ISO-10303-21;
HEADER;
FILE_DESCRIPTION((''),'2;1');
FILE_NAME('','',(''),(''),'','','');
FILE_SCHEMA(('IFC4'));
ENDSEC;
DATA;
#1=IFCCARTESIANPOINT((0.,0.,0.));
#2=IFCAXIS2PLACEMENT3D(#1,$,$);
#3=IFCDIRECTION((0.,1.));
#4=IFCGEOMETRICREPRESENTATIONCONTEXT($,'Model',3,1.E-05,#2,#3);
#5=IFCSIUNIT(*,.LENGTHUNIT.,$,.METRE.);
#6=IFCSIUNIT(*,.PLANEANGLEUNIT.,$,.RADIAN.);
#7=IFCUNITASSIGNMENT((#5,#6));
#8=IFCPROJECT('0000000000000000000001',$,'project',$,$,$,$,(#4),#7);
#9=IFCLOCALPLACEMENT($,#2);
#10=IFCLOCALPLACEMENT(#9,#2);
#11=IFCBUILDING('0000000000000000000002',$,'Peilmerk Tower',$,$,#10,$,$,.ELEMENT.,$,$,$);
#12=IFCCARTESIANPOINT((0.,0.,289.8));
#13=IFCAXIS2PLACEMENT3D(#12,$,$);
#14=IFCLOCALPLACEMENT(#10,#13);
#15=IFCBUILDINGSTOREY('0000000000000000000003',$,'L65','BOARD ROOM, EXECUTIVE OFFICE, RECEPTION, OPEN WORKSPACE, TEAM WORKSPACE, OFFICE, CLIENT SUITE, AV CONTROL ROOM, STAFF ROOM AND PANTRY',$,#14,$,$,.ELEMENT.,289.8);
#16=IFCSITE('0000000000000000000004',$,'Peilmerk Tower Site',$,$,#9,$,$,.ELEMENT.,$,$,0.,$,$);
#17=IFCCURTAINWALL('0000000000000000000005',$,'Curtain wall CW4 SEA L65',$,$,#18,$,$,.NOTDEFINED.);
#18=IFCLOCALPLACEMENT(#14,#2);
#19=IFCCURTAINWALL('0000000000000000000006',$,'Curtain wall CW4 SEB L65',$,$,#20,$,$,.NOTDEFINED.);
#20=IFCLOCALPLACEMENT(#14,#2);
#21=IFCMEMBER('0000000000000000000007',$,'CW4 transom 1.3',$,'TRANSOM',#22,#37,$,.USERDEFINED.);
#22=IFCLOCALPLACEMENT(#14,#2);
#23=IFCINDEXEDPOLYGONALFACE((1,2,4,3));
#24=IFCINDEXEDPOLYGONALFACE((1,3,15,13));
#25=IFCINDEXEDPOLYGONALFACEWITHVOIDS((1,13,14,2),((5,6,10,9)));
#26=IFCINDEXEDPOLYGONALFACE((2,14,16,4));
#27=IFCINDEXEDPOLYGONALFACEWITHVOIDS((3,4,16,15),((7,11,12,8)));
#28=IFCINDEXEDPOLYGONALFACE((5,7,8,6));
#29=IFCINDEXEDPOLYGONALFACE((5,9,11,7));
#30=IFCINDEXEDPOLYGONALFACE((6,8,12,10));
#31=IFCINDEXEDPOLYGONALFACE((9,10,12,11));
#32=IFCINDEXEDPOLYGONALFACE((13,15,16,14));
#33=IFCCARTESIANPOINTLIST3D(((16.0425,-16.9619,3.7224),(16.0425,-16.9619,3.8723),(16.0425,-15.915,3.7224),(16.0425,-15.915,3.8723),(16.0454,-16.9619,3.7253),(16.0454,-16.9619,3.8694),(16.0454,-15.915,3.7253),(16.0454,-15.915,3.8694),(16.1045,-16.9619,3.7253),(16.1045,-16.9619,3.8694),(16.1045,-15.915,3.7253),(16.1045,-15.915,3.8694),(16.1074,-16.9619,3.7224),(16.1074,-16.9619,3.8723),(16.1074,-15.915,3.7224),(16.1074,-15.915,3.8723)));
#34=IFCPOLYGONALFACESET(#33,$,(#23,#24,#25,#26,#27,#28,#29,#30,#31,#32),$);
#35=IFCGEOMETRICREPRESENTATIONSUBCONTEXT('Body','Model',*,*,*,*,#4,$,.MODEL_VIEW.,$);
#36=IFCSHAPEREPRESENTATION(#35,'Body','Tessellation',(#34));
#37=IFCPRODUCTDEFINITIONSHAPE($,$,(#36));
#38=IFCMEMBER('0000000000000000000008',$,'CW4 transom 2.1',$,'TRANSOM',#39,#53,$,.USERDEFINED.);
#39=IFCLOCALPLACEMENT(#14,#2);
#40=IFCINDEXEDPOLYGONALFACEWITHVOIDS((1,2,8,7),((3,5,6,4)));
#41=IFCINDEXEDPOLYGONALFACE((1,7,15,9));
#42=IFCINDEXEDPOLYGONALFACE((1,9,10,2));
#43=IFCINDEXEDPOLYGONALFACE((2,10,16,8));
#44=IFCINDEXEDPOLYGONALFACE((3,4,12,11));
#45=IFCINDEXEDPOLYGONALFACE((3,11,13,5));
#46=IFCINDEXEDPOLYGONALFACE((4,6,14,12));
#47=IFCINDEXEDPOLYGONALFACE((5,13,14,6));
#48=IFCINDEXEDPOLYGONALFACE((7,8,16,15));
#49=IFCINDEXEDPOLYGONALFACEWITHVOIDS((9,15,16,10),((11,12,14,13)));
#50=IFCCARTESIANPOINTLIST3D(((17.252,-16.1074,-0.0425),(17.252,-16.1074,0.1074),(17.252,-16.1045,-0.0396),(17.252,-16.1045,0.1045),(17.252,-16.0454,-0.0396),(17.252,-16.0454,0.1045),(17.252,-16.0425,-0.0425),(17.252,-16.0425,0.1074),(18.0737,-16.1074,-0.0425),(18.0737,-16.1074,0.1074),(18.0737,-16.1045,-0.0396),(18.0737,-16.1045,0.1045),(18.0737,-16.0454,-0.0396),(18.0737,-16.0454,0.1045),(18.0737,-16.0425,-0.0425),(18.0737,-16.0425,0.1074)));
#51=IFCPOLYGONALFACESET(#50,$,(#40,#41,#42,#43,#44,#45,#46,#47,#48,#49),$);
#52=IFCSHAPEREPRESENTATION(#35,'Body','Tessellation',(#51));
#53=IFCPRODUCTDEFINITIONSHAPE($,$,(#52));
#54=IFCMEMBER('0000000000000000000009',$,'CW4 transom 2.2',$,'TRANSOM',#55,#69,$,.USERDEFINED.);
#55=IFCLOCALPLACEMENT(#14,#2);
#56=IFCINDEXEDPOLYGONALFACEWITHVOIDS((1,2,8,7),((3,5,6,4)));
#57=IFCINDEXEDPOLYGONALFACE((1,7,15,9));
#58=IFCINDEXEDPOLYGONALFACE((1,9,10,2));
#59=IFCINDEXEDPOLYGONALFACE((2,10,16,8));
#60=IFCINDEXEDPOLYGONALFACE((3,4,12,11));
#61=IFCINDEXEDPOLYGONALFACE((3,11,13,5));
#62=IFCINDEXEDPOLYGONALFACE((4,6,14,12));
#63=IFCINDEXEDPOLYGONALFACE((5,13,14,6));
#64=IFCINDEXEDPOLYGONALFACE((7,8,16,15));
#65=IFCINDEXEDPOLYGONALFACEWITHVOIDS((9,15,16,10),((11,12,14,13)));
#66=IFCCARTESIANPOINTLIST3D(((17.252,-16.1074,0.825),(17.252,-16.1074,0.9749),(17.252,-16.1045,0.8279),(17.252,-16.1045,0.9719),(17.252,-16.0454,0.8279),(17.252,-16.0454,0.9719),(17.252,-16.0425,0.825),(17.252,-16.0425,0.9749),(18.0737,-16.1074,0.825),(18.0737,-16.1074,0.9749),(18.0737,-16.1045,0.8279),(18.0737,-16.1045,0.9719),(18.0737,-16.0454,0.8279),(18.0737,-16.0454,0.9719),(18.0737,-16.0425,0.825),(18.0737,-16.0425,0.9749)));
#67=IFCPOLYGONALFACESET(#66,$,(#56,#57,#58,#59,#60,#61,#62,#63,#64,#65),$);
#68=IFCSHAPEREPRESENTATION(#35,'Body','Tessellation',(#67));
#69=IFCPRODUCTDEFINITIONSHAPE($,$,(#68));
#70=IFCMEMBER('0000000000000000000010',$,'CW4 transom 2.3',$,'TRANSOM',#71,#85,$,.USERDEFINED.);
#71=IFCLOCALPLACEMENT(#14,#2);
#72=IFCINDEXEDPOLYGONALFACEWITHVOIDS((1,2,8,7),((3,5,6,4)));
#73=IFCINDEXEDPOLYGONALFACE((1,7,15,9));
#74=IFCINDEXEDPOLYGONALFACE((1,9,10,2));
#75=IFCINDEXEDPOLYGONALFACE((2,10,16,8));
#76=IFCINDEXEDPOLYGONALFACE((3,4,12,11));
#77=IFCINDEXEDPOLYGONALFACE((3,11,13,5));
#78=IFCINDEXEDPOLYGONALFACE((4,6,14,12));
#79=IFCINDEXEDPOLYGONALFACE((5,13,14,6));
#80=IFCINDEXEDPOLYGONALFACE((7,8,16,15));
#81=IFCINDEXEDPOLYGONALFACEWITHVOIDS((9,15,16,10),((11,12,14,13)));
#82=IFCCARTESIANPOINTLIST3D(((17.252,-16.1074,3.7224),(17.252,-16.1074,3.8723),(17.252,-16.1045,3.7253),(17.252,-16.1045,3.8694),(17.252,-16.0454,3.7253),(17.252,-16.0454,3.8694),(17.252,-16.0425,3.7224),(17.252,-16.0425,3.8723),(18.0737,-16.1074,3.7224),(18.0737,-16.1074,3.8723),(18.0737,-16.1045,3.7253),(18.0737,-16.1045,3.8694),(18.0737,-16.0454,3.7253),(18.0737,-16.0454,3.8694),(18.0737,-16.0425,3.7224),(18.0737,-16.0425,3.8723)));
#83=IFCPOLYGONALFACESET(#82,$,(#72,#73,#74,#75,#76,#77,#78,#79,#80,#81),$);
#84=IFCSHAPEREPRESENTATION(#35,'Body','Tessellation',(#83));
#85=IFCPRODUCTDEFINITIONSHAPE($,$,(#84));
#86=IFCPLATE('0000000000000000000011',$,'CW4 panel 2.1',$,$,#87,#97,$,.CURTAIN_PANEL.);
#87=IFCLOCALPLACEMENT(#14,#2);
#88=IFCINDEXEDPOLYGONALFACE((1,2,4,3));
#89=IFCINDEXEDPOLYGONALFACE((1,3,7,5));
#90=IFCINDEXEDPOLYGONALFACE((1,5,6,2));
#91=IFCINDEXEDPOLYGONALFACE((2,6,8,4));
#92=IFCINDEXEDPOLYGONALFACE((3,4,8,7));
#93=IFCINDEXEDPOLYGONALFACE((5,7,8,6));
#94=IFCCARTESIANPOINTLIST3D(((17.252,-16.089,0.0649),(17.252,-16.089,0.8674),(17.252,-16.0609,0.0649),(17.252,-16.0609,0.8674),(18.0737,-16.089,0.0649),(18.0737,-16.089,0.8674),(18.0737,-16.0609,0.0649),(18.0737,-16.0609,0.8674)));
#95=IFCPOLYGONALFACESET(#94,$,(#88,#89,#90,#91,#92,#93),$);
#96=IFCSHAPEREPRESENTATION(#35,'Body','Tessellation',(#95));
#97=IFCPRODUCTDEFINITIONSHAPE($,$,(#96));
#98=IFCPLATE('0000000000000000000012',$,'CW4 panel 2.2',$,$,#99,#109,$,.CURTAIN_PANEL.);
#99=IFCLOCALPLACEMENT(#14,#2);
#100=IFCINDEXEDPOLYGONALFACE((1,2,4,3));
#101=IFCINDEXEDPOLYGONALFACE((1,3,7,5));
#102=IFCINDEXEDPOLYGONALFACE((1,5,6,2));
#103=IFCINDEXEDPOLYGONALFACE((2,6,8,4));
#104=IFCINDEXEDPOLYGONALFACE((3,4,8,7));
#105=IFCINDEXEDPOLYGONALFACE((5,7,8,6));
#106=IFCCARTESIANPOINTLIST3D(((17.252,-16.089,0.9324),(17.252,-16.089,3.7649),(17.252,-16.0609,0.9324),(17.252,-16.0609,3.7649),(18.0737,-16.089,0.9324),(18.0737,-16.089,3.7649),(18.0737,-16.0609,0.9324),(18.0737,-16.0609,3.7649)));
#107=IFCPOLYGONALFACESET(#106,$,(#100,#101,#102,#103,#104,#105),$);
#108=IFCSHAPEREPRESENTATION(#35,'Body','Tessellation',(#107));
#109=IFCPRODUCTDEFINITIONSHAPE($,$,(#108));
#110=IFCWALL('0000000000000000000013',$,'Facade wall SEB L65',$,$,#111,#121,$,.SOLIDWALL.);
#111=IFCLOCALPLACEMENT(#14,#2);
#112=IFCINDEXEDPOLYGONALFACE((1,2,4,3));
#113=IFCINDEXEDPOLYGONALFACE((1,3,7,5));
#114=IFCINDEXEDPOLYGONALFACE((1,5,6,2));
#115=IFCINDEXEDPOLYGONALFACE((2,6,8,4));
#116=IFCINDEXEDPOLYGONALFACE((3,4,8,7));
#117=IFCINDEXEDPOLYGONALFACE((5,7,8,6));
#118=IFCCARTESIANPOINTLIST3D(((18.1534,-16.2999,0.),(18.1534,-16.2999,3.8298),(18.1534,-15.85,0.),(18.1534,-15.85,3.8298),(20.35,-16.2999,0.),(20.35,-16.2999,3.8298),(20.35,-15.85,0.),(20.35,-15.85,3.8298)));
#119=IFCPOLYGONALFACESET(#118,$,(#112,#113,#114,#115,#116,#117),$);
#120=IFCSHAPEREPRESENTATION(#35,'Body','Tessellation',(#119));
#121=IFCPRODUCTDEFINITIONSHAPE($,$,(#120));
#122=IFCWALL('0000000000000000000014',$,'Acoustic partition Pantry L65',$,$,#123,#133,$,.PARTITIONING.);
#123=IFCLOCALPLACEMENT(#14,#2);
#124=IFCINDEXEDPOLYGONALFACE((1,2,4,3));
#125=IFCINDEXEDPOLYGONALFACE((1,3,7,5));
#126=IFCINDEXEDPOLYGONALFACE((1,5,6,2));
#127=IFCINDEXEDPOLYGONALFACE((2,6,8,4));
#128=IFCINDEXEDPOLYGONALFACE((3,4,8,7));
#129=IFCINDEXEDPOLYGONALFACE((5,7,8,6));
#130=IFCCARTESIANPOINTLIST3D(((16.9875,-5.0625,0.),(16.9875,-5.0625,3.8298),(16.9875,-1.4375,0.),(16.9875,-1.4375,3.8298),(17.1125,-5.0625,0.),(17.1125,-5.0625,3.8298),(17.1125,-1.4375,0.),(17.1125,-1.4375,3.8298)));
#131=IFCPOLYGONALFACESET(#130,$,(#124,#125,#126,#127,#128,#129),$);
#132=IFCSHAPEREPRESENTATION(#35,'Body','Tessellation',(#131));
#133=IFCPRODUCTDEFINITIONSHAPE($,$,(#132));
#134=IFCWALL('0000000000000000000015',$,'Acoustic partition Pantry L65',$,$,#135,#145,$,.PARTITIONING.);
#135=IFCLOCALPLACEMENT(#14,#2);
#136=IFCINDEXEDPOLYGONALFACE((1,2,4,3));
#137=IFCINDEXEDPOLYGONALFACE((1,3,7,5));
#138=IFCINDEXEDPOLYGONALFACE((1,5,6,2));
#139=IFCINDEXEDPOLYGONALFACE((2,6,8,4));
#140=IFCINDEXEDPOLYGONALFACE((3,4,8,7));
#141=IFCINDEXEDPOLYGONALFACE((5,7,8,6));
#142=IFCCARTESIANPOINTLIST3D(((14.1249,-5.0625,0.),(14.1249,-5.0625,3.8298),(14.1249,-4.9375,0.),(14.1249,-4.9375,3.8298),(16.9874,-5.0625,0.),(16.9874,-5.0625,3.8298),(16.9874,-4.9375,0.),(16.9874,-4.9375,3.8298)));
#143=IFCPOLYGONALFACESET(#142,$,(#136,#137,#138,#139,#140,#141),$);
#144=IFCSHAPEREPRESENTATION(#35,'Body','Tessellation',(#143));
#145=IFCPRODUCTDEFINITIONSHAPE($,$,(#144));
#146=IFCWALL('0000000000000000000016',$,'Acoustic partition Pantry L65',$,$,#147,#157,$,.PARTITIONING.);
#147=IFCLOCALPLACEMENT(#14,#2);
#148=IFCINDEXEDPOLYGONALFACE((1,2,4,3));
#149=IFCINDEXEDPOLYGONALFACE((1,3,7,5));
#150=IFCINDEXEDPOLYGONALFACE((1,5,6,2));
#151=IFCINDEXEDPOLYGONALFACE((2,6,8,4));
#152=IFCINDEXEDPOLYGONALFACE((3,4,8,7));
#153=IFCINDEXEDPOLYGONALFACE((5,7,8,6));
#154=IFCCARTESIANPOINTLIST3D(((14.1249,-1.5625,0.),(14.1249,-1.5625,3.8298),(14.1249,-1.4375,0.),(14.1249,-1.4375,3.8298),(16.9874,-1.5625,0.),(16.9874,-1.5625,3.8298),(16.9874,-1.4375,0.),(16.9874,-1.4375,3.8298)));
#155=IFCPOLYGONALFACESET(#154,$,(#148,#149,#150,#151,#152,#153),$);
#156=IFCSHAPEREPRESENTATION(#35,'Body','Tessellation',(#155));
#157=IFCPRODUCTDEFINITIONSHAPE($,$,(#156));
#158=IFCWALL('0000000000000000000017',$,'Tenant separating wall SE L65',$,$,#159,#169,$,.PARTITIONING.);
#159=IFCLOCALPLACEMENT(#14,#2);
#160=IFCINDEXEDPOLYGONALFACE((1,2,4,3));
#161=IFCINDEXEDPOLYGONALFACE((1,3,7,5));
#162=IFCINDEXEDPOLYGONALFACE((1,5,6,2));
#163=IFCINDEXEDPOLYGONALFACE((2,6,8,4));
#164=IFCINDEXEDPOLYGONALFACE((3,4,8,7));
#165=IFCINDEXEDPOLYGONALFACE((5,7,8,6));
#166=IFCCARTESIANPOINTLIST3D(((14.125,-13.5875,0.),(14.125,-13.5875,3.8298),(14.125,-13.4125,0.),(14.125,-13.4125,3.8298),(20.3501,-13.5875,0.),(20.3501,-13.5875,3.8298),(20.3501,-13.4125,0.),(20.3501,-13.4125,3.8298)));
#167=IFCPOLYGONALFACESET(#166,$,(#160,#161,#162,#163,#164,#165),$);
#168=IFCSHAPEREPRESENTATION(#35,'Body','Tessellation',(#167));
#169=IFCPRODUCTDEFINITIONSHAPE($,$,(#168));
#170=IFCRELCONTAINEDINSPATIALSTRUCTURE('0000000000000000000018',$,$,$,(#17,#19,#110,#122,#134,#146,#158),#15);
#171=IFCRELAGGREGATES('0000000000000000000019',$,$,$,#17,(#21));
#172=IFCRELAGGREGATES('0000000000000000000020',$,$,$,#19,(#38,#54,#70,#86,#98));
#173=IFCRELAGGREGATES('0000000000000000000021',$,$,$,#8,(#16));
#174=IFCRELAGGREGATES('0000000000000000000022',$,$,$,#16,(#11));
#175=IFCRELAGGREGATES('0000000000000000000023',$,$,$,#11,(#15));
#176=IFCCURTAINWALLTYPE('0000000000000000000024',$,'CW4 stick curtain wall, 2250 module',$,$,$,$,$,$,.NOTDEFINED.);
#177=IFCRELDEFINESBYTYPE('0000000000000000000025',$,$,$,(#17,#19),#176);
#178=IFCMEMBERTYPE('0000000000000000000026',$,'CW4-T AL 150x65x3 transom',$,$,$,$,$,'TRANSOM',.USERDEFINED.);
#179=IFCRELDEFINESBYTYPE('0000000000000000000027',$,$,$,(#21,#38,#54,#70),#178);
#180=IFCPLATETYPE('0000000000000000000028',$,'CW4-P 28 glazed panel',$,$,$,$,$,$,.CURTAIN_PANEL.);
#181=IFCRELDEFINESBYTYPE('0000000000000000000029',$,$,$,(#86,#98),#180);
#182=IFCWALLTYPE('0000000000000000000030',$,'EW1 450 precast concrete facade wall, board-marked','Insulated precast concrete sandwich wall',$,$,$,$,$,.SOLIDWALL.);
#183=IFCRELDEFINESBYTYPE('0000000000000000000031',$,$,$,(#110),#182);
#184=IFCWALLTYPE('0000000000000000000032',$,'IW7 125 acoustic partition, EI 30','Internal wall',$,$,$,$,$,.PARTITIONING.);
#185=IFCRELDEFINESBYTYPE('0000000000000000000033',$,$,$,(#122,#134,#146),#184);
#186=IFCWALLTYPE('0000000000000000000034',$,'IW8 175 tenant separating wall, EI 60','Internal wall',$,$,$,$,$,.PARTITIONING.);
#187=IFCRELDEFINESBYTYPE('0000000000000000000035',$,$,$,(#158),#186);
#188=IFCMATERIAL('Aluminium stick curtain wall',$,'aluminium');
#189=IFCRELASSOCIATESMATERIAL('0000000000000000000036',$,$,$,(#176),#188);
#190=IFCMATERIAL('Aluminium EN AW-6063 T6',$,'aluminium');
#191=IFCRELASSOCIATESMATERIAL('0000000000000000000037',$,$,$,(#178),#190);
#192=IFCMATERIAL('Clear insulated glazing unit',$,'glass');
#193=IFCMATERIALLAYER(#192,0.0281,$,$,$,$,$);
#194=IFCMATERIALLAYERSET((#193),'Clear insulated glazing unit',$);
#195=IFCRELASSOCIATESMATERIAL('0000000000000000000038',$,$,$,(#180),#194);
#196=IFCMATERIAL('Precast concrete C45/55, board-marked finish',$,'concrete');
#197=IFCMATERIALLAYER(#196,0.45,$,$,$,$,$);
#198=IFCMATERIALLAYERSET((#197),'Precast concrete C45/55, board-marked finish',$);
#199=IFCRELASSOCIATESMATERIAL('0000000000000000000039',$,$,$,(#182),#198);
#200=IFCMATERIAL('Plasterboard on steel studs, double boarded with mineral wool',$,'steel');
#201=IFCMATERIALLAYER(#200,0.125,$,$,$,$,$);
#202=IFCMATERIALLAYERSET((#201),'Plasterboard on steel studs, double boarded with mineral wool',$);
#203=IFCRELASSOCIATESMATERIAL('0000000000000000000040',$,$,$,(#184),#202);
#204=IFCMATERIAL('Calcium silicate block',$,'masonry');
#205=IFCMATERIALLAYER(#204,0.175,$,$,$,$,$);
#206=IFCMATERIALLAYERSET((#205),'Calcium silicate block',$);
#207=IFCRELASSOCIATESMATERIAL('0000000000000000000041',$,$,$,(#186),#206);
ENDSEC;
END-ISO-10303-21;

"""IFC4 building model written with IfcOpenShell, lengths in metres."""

from ifc_helpers import new_model, si_unit, direction, frame, frame_2d, origin, origin_2d, place, context, subcontext, project, spatial, rectangle, hollow_rectangle, extrude, material, layer, layer_set, material_profile, profile_set, type_object, element, aggregate, save


model = new_model("IFC4")

# Units and contexts
model_context = context("Model", 3, precision=1e-05, world=origin(), true_north=direction((0.0, 1.0)))
body_context = subcontext(model_context, "Body", "Model", "MODEL_VIEW")
ifc_project = project(units=[si_unit("LENGTHUNIT", "METRE"), si_unit("PLANEANGLEUNIT", "RADIAN")], contexts=[model_context])

# Site, building, storey
site_placement = place(None, origin())
site = spatial("IfcSite", under=ifc_project, at=site_placement, Name="Peilmerk Tower Site", CompositionType="ELEMENT", RefElevation=0.0)
building_placement = place(site_placement, origin())
building = spatial("IfcBuilding", under=site, at=building_placement, Name="Peilmerk Tower", CompositionType="ELEMENT")
storey_placement = place(building_placement, frame((0.0, 0.0, 289.8)))
storey = spatial("IfcBuildingStorey", under=building, at=storey_placement, Name="L65", Description="BOARD ROOM, EXECUTIVE OFFICE, RECEPTION, OPEN WORKSPACE, TEAM WORKSPACE, OFFICE, CLIENT SUITE, AV CONTROL ROOM, STAFF ROOM AND PANTRY", CompositionType="ELEMENT", Elevation=289.8)

# Curtain walls
ifc_material_1 = material(Name="Aluminium stick curtain wall", Category="aluminium")
curtain_wall_type = type_object("IfcCurtainWallType", Name="CW4 stick curtain wall, 2250 module", PredefinedType="NOTDEFINED", material=ifc_material_1)
curtain_wall_1_placement = place(storey_placement, origin())
curtain_wall_1 = element("IfcCurtainWall", 1, at=curtain_wall_1_placement, inside=storey, type_object=curtain_wall_type, Name="Curtain wall CW4 SEA L65", PredefinedType="NOTDEFINED")
ifc_material_2 = material(Name="Aluminium EN AW-6063 T6", Category="aluminium")
curtain_wall_2_placement = place(storey_placement, origin())
curtain_wall_2 = element("IfcCurtainWall", 2, at=curtain_wall_2_placement, inside=storey, type_object=curtain_wall_type, Name="Curtain wall CW4 SEB L65", PredefinedType="NOTDEFINED")

# Members
ifc_material_profile_1 = material_profile(ifc_material_2, hollow_rectangle(XDim=0.0649, YDim=0.1499, WallThickness=0.0029, at=origin_2d()), Name="AL 150x65x3")
ifc_profile_set_1 = profile_set([ifc_material_profile_1], Name="Aluminium EN AW-6063 T6")
member_type_1 = type_object("IfcMemberType", Name="CW4-T AL 150x65x3 transom", ElementType="TRANSOM", PredefinedType="USERDEFINED", material=ifc_profile_set_1)
member_1_placement = place(storey_placement, frame((16.075, -15.915, 3.7974), z_axis=(0.0, -1.0, 0.0), x_axis=(1.0, 0.0, 0.0)))
member_1 = element("IfcMember", 3, at=member_1_placement, type_object=member_type_1, Name="CW4 transom 1.3", ObjectType="TRANSOM", PredefinedType="USERDEFINED", context=body_context, shape_type="SweptSolid", body=[
    extrude(hollow_rectangle(XDim=0.0649, YDim=0.1499, WallThickness=0.0029, at=origin_2d()), origin(), (0.0, 0.0, 1.0), 1.0469),
])
aggregate(curtain_wall_1, [member_1])
member_2_placement = place(storey_placement, frame((17.252, -16.075, 0.0325), z_axis=(1.0, 0.0, 0.0), x_axis=(0.0, 1.0, 0.0)))
member_2 = element("IfcMember", 4, at=member_2_placement, type_object=member_type_1, Name="CW4 transom 2.1", ObjectType="TRANSOM", PredefinedType="USERDEFINED", context=body_context, shape_type="SweptSolid", body=[
    extrude(hollow_rectangle(XDim=0.0649, YDim=0.1499, WallThickness=0.0029, at=origin_2d()), origin(), (0.0, 0.0, 1.0), 0.8218),
])
member_3_placement = place(storey_placement, frame((17.252, -16.075, 0.8999), z_axis=(1.0, 0.0, 0.0), x_axis=(0.0, 1.0, 0.0)))
member_3 = element("IfcMember", 5, at=member_3_placement, type_object=member_type_1, Name="CW4 transom 2.2", ObjectType="TRANSOM", PredefinedType="USERDEFINED", context=body_context, shape_type="SweptSolid", body=[
    extrude(hollow_rectangle(XDim=0.0649, YDim=0.1499, WallThickness=0.0029, at=origin_2d()), origin(), (0.0, 0.0, 1.0), 0.8218),
])
member_4_placement = place(storey_placement, frame((17.252, -16.075, 3.7974), z_axis=(1.0, 0.0, 0.0), x_axis=(0.0, 1.0, 0.0)))
member_4 = element("IfcMember", 6, at=member_4_placement, type_object=member_type_1, Name="CW4 transom 2.3", ObjectType="TRANSOM", PredefinedType="USERDEFINED", context=body_context, shape_type="SweptSolid", body=[
    extrude(hollow_rectangle(XDim=0.0649, YDim=0.1499, WallThickness=0.0029, at=origin_2d()), origin(), (0.0, 0.0, 1.0), 0.8218),
])

# Plates
ifc_material_3 = material(Name="Clear insulated glazing unit", Category="glass")
ifc_layer_1 = layer(ifc_material_3, 0.0281)
ifc_layer_set_1 = layer_set([ifc_layer_1], Name="Clear insulated glazing unit")
plate_type = type_object("IfcPlateType", Name="CW4-P 28 glazed panel", PredefinedType="CURTAIN_PANEL", material=ifc_layer_set_1)
plate_1_placement = place(storey_placement, frame((17.6628, -16.075, 0.0649), z_axis=(0.0, 0.0, 1.0), x_axis=(1.0, 0.0, 0.0)))
plate_1 = element("IfcPlate", 7, at=plate_1_placement, type_object=plate_type, Name="CW4 panel 2.1", PredefinedType="CURTAIN_PANEL", context=body_context, shape_type="SweptSolid", body=[
    extrude(rectangle(XDim=0.8218, YDim=0.0281, at=origin_2d()), origin(), (0.0, 0.0, 1.0), 0.8025),
])
plate_2_placement = place(storey_placement, frame((17.6628, -16.075, 0.9324), z_axis=(0.0, 0.0, 1.0), x_axis=(1.0, 0.0, 0.0)))
plate_2 = element("IfcPlate", 8, at=plate_2_placement, type_object=plate_type, Name="CW4 panel 2.2", PredefinedType="CURTAIN_PANEL", context=body_context, shape_type="SweptSolid", body=[
    extrude(rectangle(XDim=0.8218, YDim=0.0281, at=origin_2d()), origin(), (0.0, 0.0, 1.0), 2.8325),
])
aggregate(curtain_wall_2, [member_2, member_3, member_4, plate_1, plate_2])

# Walls
ifc_material_4 = material(Name="Precast concrete C45/55, board-marked finish", Category="concrete")
ifc_layer_2 = layer(ifc_material_4, 0.45)
ifc_layer_set_2 = layer_set([ifc_layer_2], Name="Precast concrete C45/55, board-marked finish")
wall_type_1 = type_object("IfcWallType", Name="EW1 450 precast concrete facade wall, board-marked", Description="Insulated precast concrete sandwich wall", PredefinedType="SOLIDWALL", material=ifc_layer_set_2)
wall_1_placement = place(storey_placement, frame((18.1536, -16.075, 0.0), z_axis=(0.0, 0.0, 1.0), x_axis=(1.0, 0.0, 0.0)))
element("IfcWall", 9, at=wall_1_placement, inside=storey, type_object=wall_type_1, Name="Facade wall SEB L65", PredefinedType="SOLIDWALL", context=body_context, shape_type="SweptSolid", body=[
    extrude(rectangle(XDim=2.1965, YDim=0.45, at=frame_2d((1.0981, 0.0))), origin(), (0.0, 0.0, 1.0), 3.8298),
])
ifc_material_5 = material(Name="Plasterboard on steel studs, double boarded with mineral wool", Category="steel")
ifc_layer_3 = layer(ifc_material_5, 0.125)
ifc_layer_set_3 = layer_set([ifc_layer_3], Name="Plasterboard on steel studs, double boarded with mineral wool")
wall_type_2 = type_object("IfcWallType", Name="IW7 125 acoustic partition, EI 30", Description="Internal wall", PredefinedType="PARTITIONING", material=ifc_layer_set_3)
wall_2_placement = place(storey_placement, frame((17.05, -5.0625, 0.0), z_axis=(0.0, 0.0, 1.0), x_axis=(0.0, 1.0, 0.0)))
element("IfcWall", 10, at=wall_2_placement, inside=storey, type_object=wall_type_2, Name="Acoustic partition Pantry L65", PredefinedType="PARTITIONING", context=body_context, shape_type="SweptSolid", body=[
    extrude(rectangle(XDim=3.625, YDim=0.125, at=frame_2d((1.8125, 0.0))), origin(), (0.0, 0.0, 1.0), 3.8298),
])
for number, where, z_axis, x_axis, name in (
    (11, (14.125, -5.0, 0.0), (0.0, 0.0, 1.0), (1.0, 0.0, 0.0), "Acoustic partition Pantry L65"),
    (12, (14.125, -1.5, 0.0), (0.0, 0.0, 1.0), (1.0, 0.0, 0.0), "Acoustic partition Pantry L65"),
):
    element("IfcWall", number, at=place(storey_placement, frame(where, z_axis=z_axis, x_axis=x_axis)), inside=storey, type_object=wall_type_2, Name=name, PredefinedType="PARTITIONING", context=body_context, shape_type="SweptSolid", body=[
        extrude(rectangle(XDim=2.8625, YDim=0.125, at=frame_2d((1.4312, 0.0))), origin(), (0.0, 0.0, 1.0), 3.8298),
    ])
ifc_material_6 = material(Name="Calcium silicate block", Category="masonry")
ifc_layer_4 = layer(ifc_material_6, 0.175)
ifc_layer_set_4 = layer_set([ifc_layer_4], Name="Calcium silicate block")
wall_type_3 = type_object("IfcWallType", Name="IW8 175 tenant separating wall, EI 60", Description="Internal wall", PredefinedType="PARTITIONING", material=ifc_layer_set_4)
wall_3_placement = place(storey_placement, frame((20.3501, -13.5, 0.0), z_axis=(0.0, 0.0, 1.0), x_axis=(-1.0, 0.0, 0.0)))
element("IfcWall", 13, at=wall_3_placement, inside=storey, type_object=wall_type_3, Name="Tenant separating wall SE L65", PredefinedType="PARTITIONING", context=body_context, shape_type="SweptSolid", body=[
    extrude(rectangle(XDim=6.2251, YDim=0.175, at=frame_2d((3.1125, 0.0))), origin(), (0.0, 0.0, 1.0), 3.8298),
])

save(model, "model.ifc")
